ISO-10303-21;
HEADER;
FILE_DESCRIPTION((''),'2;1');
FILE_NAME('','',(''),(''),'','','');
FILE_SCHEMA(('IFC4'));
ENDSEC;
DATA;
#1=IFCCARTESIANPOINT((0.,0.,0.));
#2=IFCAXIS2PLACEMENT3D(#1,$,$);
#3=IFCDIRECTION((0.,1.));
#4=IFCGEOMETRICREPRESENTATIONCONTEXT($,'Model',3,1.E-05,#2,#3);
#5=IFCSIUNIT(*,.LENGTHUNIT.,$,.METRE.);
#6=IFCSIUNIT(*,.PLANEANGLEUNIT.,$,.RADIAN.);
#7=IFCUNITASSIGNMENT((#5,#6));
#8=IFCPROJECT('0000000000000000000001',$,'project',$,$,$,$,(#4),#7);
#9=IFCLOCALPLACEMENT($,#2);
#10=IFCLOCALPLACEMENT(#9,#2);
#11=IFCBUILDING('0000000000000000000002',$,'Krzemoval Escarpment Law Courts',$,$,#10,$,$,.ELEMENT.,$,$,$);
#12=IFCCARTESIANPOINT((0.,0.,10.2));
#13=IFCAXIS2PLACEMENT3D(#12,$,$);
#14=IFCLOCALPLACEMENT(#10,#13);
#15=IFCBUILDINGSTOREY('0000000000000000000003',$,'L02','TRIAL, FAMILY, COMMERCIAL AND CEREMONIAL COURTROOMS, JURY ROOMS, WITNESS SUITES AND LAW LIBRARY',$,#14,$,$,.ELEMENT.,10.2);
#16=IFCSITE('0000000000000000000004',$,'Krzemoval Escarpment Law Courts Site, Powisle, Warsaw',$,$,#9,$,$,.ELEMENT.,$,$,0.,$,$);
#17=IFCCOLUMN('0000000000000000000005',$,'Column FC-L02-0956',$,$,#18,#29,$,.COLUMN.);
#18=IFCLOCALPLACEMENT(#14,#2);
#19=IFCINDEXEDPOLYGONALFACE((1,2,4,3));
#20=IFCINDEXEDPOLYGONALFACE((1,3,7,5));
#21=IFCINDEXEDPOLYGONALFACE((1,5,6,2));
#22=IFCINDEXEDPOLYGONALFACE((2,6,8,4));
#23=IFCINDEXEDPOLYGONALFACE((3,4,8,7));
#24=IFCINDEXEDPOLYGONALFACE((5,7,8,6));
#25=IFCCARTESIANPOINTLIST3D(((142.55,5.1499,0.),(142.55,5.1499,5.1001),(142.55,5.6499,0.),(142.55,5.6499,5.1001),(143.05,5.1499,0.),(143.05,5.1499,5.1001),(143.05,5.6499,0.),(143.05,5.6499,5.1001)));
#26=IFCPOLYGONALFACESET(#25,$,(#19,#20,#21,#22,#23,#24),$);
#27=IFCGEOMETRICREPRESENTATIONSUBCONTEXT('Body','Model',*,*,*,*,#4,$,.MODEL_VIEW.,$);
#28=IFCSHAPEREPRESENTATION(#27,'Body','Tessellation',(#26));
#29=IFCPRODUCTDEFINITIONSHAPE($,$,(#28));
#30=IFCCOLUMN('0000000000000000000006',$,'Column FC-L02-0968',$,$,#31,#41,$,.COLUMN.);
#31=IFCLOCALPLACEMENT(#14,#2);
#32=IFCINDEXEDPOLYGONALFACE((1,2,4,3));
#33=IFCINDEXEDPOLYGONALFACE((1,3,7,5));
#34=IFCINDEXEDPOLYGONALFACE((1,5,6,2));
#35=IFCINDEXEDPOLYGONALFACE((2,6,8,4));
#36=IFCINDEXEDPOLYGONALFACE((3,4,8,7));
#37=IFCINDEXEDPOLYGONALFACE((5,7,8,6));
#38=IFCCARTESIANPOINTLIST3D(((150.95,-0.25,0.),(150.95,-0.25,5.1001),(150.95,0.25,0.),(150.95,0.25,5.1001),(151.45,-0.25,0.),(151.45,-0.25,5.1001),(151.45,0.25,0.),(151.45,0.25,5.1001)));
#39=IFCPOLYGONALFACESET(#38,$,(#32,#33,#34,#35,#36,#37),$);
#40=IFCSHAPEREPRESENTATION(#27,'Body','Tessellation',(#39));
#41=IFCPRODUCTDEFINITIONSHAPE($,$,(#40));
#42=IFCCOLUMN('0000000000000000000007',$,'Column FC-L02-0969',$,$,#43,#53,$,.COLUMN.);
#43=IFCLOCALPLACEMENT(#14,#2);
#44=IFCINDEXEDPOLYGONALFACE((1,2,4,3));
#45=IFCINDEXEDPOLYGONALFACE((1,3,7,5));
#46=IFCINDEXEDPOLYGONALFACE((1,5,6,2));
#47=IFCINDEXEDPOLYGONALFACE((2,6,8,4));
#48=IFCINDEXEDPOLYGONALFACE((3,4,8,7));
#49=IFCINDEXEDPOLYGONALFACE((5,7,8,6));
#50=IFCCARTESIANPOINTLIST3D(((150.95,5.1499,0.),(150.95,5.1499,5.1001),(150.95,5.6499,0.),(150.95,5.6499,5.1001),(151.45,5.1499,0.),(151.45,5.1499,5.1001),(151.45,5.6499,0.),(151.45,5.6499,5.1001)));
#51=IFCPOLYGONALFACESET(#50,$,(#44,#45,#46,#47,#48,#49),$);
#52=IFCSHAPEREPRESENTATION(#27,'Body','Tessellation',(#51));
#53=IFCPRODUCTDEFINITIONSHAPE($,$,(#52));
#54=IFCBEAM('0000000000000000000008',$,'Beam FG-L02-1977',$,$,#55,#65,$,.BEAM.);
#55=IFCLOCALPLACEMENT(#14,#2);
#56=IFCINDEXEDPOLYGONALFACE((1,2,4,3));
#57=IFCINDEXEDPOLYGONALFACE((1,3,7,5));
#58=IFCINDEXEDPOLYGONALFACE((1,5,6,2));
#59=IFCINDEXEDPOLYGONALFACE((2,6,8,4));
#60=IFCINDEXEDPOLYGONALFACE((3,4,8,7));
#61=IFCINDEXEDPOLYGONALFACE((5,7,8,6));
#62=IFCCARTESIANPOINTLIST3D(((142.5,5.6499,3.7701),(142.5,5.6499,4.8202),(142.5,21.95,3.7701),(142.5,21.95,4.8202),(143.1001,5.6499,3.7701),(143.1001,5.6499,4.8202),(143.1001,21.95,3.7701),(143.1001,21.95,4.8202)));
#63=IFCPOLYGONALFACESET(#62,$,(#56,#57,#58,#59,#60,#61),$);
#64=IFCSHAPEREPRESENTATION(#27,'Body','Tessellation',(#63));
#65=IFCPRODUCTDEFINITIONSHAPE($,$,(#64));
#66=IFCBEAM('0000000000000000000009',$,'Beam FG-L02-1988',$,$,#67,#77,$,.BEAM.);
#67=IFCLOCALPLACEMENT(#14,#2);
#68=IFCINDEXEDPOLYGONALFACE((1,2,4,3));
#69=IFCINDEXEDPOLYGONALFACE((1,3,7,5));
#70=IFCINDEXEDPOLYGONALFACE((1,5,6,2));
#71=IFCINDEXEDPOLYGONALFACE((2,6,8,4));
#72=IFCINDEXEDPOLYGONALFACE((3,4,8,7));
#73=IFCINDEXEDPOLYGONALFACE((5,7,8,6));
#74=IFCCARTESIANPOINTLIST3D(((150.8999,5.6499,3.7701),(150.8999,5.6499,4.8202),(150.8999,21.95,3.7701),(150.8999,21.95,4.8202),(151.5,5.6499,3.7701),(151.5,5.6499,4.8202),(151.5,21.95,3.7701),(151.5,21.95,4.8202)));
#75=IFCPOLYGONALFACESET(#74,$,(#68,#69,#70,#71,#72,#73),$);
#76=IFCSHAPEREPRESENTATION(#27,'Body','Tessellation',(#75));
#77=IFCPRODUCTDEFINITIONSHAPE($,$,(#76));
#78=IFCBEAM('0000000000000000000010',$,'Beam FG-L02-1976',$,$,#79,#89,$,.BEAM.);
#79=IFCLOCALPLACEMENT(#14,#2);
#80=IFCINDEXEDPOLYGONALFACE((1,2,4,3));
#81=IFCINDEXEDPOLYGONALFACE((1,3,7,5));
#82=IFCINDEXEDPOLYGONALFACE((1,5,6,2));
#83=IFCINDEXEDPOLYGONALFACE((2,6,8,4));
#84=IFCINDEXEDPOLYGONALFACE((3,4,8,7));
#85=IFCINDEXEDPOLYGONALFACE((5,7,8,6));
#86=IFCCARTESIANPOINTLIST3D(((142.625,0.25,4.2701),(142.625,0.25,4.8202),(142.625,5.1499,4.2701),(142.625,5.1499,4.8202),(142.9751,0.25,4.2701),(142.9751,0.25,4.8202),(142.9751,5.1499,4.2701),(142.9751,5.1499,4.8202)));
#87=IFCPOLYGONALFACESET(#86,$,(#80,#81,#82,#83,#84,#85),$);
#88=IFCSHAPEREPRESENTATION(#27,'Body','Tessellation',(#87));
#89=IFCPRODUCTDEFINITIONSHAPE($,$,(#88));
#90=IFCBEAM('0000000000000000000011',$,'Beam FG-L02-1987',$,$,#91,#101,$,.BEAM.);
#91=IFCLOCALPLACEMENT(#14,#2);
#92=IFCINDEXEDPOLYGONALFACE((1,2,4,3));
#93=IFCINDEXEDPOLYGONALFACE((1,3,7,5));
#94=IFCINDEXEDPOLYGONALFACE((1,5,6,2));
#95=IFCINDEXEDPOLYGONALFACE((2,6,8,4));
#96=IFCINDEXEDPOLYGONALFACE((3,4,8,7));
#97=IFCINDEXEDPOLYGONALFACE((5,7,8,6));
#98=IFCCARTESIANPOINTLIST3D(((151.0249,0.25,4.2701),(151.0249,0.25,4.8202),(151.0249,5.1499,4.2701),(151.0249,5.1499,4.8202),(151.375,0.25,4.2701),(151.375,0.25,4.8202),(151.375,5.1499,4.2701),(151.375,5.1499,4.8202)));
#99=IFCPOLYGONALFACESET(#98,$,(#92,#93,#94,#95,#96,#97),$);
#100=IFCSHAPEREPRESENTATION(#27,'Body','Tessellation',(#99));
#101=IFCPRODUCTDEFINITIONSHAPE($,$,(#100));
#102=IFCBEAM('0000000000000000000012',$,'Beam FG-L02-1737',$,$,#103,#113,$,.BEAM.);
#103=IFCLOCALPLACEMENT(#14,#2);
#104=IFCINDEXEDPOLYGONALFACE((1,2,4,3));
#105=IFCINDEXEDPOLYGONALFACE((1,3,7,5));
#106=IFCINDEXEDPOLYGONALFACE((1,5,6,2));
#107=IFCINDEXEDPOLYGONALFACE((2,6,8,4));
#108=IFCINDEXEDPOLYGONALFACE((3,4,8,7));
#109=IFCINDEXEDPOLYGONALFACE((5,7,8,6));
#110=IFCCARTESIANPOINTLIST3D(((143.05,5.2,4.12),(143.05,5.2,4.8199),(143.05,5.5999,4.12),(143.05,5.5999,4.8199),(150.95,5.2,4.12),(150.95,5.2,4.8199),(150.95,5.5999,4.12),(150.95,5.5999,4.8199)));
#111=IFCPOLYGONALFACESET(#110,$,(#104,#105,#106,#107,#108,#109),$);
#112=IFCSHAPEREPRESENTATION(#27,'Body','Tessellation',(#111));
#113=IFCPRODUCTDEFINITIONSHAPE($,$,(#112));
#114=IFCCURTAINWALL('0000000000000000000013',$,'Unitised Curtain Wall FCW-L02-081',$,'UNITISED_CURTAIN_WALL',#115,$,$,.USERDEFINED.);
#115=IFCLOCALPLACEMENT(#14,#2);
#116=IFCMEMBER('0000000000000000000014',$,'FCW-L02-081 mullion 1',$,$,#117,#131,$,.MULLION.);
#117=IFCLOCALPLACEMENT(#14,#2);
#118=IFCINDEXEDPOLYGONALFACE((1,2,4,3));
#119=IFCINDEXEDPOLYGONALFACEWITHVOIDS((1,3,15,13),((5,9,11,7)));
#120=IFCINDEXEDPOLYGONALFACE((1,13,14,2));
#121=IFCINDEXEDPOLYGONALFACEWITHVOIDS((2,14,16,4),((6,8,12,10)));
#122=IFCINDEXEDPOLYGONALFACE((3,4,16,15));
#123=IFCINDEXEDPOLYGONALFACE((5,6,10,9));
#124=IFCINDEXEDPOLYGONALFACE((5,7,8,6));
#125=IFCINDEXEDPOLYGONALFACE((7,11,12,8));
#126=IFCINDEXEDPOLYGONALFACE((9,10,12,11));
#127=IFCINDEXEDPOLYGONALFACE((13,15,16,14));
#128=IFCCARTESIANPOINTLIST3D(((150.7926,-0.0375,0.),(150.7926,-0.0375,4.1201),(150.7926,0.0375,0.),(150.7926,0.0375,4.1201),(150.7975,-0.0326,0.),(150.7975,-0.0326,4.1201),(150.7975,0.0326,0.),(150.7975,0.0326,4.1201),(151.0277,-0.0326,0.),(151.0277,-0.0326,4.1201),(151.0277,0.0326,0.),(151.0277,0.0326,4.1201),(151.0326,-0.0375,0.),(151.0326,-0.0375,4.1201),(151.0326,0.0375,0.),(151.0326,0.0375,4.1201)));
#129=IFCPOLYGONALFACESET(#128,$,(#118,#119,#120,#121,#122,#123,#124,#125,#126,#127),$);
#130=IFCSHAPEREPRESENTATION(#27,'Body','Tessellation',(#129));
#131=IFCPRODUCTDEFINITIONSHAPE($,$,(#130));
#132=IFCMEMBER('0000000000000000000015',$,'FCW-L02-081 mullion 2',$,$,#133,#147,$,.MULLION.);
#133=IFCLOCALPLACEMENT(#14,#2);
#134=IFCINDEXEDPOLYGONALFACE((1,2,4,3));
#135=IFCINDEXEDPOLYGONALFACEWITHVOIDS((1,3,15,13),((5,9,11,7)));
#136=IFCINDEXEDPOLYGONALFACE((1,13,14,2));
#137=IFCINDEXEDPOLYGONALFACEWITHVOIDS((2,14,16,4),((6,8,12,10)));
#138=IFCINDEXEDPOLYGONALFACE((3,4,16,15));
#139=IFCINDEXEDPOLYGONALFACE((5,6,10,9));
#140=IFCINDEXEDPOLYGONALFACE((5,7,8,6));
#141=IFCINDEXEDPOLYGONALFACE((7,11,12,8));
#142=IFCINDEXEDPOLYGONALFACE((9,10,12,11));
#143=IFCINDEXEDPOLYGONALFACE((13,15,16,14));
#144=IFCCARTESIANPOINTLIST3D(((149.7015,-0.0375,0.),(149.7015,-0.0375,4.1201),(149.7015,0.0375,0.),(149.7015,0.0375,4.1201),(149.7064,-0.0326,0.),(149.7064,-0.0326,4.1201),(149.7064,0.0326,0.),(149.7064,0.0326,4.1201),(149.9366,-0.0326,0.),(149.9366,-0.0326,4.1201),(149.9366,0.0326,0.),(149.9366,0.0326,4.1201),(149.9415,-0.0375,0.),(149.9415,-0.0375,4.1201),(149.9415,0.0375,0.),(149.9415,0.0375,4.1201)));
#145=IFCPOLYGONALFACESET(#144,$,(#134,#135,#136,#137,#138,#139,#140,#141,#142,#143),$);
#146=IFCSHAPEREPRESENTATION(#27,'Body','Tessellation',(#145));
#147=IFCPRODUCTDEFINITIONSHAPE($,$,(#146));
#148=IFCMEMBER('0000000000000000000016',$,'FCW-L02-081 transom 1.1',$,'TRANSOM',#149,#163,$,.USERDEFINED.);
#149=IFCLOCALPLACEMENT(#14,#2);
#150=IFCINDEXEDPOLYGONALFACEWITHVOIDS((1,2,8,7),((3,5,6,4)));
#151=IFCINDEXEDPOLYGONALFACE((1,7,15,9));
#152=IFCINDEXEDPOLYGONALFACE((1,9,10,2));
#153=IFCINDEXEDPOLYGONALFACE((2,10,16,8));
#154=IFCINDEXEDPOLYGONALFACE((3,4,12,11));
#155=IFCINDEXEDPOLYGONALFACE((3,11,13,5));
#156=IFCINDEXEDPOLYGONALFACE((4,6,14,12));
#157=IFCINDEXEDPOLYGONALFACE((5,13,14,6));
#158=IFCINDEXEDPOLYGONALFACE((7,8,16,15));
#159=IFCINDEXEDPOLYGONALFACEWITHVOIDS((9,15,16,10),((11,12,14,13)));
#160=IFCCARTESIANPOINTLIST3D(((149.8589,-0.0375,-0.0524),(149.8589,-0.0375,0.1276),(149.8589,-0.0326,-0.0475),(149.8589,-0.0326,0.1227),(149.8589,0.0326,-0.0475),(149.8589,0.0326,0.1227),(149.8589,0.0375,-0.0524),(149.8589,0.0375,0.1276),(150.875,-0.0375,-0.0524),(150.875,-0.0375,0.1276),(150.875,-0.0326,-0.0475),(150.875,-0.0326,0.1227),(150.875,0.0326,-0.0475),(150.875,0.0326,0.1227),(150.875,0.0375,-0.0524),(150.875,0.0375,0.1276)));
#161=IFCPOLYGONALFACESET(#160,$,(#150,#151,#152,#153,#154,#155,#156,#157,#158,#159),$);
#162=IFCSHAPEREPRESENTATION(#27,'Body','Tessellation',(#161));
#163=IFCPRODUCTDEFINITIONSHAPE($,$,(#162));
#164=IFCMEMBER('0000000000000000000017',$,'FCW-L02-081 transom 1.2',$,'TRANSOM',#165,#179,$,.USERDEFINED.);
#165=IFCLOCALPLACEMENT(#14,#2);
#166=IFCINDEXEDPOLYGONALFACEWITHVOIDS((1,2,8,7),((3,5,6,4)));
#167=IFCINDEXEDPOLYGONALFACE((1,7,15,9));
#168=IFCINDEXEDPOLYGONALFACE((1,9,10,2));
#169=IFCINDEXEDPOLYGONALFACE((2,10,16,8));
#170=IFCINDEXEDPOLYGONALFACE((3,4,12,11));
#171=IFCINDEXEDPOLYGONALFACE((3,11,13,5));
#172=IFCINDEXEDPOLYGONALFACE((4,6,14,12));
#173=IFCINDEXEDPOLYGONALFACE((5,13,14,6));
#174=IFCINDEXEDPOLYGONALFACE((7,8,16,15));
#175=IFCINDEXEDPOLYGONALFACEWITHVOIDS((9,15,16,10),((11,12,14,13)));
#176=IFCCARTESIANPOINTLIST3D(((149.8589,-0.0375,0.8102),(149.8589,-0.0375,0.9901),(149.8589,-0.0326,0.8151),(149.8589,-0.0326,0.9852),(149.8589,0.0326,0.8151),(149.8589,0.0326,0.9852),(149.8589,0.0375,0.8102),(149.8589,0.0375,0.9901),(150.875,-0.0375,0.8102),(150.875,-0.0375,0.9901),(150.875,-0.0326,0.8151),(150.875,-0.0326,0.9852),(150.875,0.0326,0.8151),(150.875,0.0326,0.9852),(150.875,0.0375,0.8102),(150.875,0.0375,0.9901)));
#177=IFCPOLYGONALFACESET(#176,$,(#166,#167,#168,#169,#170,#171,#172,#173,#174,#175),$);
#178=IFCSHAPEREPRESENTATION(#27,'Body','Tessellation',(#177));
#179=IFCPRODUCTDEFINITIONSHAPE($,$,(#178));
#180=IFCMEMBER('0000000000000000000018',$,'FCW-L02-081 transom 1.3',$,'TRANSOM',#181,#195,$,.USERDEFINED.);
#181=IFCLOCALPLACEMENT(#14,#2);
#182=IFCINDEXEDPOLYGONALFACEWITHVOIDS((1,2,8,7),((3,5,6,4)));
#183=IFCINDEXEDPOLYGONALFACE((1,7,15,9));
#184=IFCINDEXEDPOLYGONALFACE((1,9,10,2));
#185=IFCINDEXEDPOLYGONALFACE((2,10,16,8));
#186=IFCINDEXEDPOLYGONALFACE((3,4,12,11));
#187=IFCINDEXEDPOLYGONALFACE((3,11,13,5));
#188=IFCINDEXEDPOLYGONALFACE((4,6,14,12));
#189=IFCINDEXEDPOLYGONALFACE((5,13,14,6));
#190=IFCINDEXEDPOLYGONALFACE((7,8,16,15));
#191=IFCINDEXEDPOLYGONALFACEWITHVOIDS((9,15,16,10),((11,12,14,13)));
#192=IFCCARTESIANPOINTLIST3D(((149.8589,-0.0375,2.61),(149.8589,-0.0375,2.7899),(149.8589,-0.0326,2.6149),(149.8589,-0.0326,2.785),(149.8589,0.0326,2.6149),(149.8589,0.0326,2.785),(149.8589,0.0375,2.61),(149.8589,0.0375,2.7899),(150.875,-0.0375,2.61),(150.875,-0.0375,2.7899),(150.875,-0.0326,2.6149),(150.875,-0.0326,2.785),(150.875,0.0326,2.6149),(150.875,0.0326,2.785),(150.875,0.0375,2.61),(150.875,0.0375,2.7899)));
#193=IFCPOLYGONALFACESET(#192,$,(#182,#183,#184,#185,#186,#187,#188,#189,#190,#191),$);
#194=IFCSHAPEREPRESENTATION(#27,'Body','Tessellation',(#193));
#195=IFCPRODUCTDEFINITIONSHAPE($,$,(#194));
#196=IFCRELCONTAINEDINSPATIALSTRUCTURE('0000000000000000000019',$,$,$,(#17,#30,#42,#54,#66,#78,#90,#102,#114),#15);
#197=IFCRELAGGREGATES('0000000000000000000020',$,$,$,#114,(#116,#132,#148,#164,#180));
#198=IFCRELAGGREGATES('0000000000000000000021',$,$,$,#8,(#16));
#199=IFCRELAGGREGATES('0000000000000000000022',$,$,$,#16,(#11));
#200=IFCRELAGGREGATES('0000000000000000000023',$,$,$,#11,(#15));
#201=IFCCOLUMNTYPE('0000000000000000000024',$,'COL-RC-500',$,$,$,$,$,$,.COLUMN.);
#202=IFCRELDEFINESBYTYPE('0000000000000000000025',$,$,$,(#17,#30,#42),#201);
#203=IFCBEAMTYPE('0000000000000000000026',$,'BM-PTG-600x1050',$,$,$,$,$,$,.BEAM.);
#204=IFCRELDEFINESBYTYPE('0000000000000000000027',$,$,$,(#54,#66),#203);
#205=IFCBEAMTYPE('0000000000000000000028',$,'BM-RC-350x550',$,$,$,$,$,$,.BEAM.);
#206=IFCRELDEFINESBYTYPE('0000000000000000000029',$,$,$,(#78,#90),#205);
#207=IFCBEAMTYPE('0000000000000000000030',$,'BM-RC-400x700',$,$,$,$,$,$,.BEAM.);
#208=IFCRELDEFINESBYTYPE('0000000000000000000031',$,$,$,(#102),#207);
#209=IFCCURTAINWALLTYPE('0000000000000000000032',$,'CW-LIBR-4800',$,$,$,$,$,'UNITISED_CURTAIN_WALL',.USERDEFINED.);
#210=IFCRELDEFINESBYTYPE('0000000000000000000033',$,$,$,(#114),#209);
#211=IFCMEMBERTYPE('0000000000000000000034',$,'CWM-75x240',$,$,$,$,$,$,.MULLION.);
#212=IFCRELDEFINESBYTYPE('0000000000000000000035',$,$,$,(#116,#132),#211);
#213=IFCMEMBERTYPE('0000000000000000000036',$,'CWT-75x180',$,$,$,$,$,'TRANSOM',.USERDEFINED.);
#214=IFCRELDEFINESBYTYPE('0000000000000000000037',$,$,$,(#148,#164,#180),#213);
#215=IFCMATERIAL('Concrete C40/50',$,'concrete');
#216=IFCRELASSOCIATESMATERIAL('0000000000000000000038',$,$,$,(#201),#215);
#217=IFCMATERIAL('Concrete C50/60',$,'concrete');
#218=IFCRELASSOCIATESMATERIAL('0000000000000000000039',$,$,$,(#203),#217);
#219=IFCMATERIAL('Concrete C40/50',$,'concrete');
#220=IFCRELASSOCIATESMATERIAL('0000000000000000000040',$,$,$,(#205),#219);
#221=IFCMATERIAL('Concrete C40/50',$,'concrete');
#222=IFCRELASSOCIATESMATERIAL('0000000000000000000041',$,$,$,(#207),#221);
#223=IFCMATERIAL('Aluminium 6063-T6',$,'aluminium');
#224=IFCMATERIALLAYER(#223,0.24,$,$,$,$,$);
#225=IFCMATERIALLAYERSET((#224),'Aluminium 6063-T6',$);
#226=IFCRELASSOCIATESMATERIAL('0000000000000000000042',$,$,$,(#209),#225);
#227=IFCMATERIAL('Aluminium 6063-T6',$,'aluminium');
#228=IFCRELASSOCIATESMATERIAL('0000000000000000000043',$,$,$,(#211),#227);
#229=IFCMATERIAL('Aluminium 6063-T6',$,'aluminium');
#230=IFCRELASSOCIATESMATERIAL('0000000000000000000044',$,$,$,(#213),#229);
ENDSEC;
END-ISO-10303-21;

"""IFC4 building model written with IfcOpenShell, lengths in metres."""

from ifc_helpers import new_model, si_unit, direction, frame, origin, origin_2d, place, context, subcontext, project, spatial, rectangle, hollow_rectangle, extrude, material, layer, layer_set, material_profile, profile_set, type_object, element, aggregate, save


model = new_model("IFC4")

# Units and contexts
model_context = context("Model", 3, precision=1e-05, world=origin(), true_north=direction((0.0, 1.0)))
body_context = subcontext(model_context, "Body", "Model", "MODEL_VIEW")
ifc_project = project(units=[si_unit("LENGTHUNIT", "METRE"), si_unit("PLANEANGLEUNIT", "RADIAN")], contexts=[model_context])

# Site, building, storey
site_placement = place(None, origin())
site = spatial("IfcSite", under=ifc_project, at=site_placement, Name="Krzemoval Escarpment Law Courts Site, Powisle, Warsaw", CompositionType="ELEMENT", RefElevation=0.0)
building_placement = place(site_placement, origin())
building = spatial("IfcBuilding", under=site, at=building_placement, Name="Krzemoval Escarpment Law Courts", CompositionType="ELEMENT")
storey_placement = place(building_placement, frame((0.0, 0.0, 10.2)))
storey = spatial("IfcBuildingStorey", under=building, at=storey_placement, Name="L02", Description="TRIAL, FAMILY, COMMERCIAL AND CEREMONIAL COURTROOMS, JURY ROOMS, WITNESS SUITES AND LAW LIBRARY", CompositionType="ELEMENT", Elevation=10.2)

# Columns
ifc_material_1 = material(Name="Concrete C40/50", Category="concrete")
ifc_material_profile_1 = material_profile(ifc_material_1, rectangle(XDim=0.5, YDim=0.5, at=origin_2d()), Name="RC 500x500")
ifc_profile_set_1 = profile_set([ifc_material_profile_1], Name="Concrete C40/50")
column_type = type_object("IfcColumnType", Name="COL-RC-500", PredefinedType="COLUMN", material=ifc_profile_set_1)
for number, where, z_axis, x_axis, name in (
    (1, (142.8, 5.3999, 0.0), (0.0, 0.0, 1.0), (1.0, 0.0, 0.0), "Column FC-L02-0956"),
    (2, (151.2, 0.0, 0.0), (0.0, 0.0, 1.0), (1.0, 0.0, 0.0), "Column FC-L02-0968"),
    (3, (151.2, 5.3999, 0.0), (0.0, 0.0, 1.0), (1.0, 0.0, 0.0), "Column FC-L02-0969"),
):
    element("IfcColumn", number, at=place(storey_placement, frame(where, z_axis=z_axis, x_axis=x_axis)), inside=storey, type_object=column_type, Name=name, PredefinedType="COLUMN", context=body_context, shape_type="SweptSolid", body=[
        extrude(rectangle(XDim=0.5, YDim=0.5, at=origin_2d()), origin(), (0.0, 0.0, 1.0), 5.1001),
    ])

# Beams
ifc_material_2 = material(Name="Concrete C50/60", Category="concrete")
ifc_material_profile_2 = material_profile(ifc_material_2, rectangle(XDim=0.6001, YDim=1.05, at=origin_2d()), Name="PTG 600x1050")
ifc_profile_set_2 = profile_set([ifc_material_profile_2], Name="Concrete C50/60")
beam_type_1 = type_object("IfcBeamType", Name="BM-PTG-600x1050", PredefinedType="BEAM", material=ifc_profile_set_2)
for number, where, z_axis, x_axis, name in (
    (4, (142.8, 5.6499, 4.2952), (0.0, 1.0, 0.0), (-1.0, 0.0, 0.0), "Beam FG-L02-1977"),
    (5, (151.2, 5.6499, 4.2952), (0.0, 1.0, 0.0), (-1.0, 0.0, 0.0), "Beam FG-L02-1988"),
):
    element("IfcBeam", number, at=place(storey_placement, frame(where, z_axis=z_axis, x_axis=x_axis)), inside=storey, type_object=beam_type_1, Name=name, PredefinedType="BEAM", context=body_context, shape_type="SweptSolid", body=[
        extrude(rectangle(XDim=0.6001, YDim=1.05, at=origin_2d()), origin(), (0.0, 0.0, 1.0), 16.3),
    ])
ifc_material_3 = material(Name="Concrete C40/50", Category="concrete")
ifc_material_profile_3 = material_profile(ifc_material_3, rectangle(XDim=0.3501, YDim=0.55, at=origin_2d()), Name="RCB 350x550")
ifc_profile_set_3 = profile_set([ifc_material_profile_3], Name="Concrete C40/50")
beam_type_2 = type_object("IfcBeamType", Name="BM-RC-350x550", PredefinedType="BEAM", material=ifc_profile_set_3)
for number, where, z_axis, x_axis, name in (
    (6, (142.8, 0.25, 4.5452), (0.0, 1.0, 0.0), (-1.0, 0.0, 0.0), "Beam FG-L02-1976"),
    (7, (151.2, 0.25, 4.5452), (0.0, 1.0, 0.0), (-1.0, 0.0, 0.0), "Beam FG-L02-1987"),
):
    element("IfcBeam", number, at=place(storey_placement, frame(where, z_axis=z_axis, x_axis=x_axis)), inside=storey, type_object=beam_type_2, Name=name, PredefinedType="BEAM", context=body_context, shape_type="SweptSolid", body=[
        extrude(rectangle(XDim=0.3501, YDim=0.55, at=origin_2d()), origin(), (0.0, 0.0, 1.0), 4.8999),
    ])
ifc_material_4 = material(Name="Concrete C40/50", Category="concrete")
ifc_material_profile_4 = material_profile(ifc_material_4, rectangle(XDim=0.3999, YDim=0.7, at=origin_2d()), Name="RCB 400x700")
ifc_profile_set_4 = profile_set([ifc_material_profile_4], Name="Concrete C40/50")
beam_type_3 = type_object("IfcBeamType", Name="BM-RC-400x700", PredefinedType="BEAM", material=ifc_profile_set_4)
beam_1_placement = place(storey_placement, frame((143.05, 5.3999, 4.47), z_axis=(1.0, 0.0, 0.0), x_axis=(0.0, 1.0, 0.0)))
element("IfcBeam", 8, at=beam_1_placement, inside=storey, type_object=beam_type_3, Name="Beam FG-L02-1737", PredefinedType="BEAM", context=body_context, shape_type="SweptSolid", body=[
    extrude(rectangle(XDim=0.3999, YDim=0.7, at=origin_2d()), origin(), (0.0, 0.0, 1.0), 7.8999),
])

# Curtain wall, members
ifc_material_5 = material(Name="Aluminium 6063-T6", Category="aluminium")
ifc_layer_1 = layer(ifc_material_5, 0.24)
ifc_layer_set_1 = layer_set([ifc_layer_1], Name="Aluminium 6063-T6")
curtain_wall_type = type_object("IfcCurtainWallType", Name="CW-LIBR-4800", ElementType="UNITISED_CURTAIN_WALL", PredefinedType="USERDEFINED", material=ifc_layer_set_1)
curtain_wall_placement = place(storey_placement, origin())
curtain_wall = element("IfcCurtainWall", 9, at=curtain_wall_placement, inside=storey, type_object=curtain_wall_type, Name="Unitised Curtain Wall FCW-L02-081", ObjectType="UNITISED_CURTAIN_WALL", PredefinedType="USERDEFINED")
ifc_material_6 = material(Name="Aluminium 6063-T6", Category="aluminium")
ifc_material_profile_5 = material_profile(ifc_material_6, hollow_rectangle(XDim=0.075, YDim=0.24, WallThickness=0.0049, at=origin_2d()), Name="ALU M75x240")
ifc_profile_set_5 = profile_set([ifc_material_profile_5], Name="Aluminium 6063-T6")
member_type_1 = type_object("IfcMemberType", Name="CWM-75x240", PredefinedType="MULLION", material=ifc_profile_set_5)
member_1_placement = place(storey_placement, frame((150.9126, 0.0, 0.0), z_axis=(0.0, 0.0, 1.0), x_axis=(0.0, -1.0, 0.0)))
member_1 = element("IfcMember", 10, at=member_1_placement, type_object=member_type_1, Name="FCW-L02-081 mullion 1", PredefinedType="MULLION", context=body_context, shape_type="SweptSolid", body=[
    extrude(hollow_rectangle(XDim=0.075, YDim=0.24, WallThickness=0.0049, at=origin_2d()), origin(), (0.0, 0.0, 1.0), 4.1201),
])
member_2_placement = place(storey_placement, frame((149.8215, 0.0, 0.0), z_axis=(0.0, 0.0, 1.0), x_axis=(0.0, -1.0, 0.0)))
member_2 = element("IfcMember", 11, at=member_2_placement, type_object=member_type_1, Name="FCW-L02-081 mullion 2", PredefinedType="MULLION", context=body_context, shape_type="SweptSolid", body=[
    extrude(hollow_rectangle(XDim=0.075, YDim=0.24, WallThickness=0.0049, at=origin_2d()), origin(), (0.0, 0.0, 1.0), 4.1201),
])
ifc_material_7 = material(Name="Aluminium 6063-T6", Category="aluminium")
ifc_material_profile_6 = material_profile(ifc_material_7, hollow_rectangle(XDim=0.075, YDim=0.1799, WallThickness=0.0049, at=origin_2d()), Name="ALU T75x180")
ifc_profile_set_6 = profile_set([ifc_material_profile_6], Name="Aluminium 6063-T6")
member_type_2 = type_object("IfcMemberType", Name="CWT-75x180", ElementType="TRANSOM", PredefinedType="USERDEFINED", material=ifc_profile_set_6)
member_3_placement = place(storey_placement, frame((150.875, 0.0, 0.0376), z_axis=(-1.0, 0.0, 0.0), x_axis=(0.0, -1.0, 0.0)))
member_3 = element("IfcMember", 12, at=member_3_placement, type_object=member_type_2, Name="FCW-L02-081 transom 1.1", ObjectType="TRANSOM", PredefinedType="USERDEFINED", context=body_context, shape_type="SweptSolid", body=[
    extrude(hollow_rectangle(XDim=0.075, YDim=0.1799, WallThickness=0.0049, at=origin_2d()), origin(), (0.0, 0.0, 1.0), 1.0161),
])
member_4_placement = place(storey_placement, frame((150.875, 0.0, 0.9001), z_axis=(-1.0, 0.0, 0.0), x_axis=(0.0, -1.0, 0.0)))
member_4 = element("IfcMember", 13, at=member_4_placement, type_object=member_type_2, Name="FCW-L02-081 transom 1.2", ObjectType="TRANSOM", PredefinedType="USERDEFINED", context=body_context, shape_type="SweptSolid", body=[
    extrude(hollow_rectangle(XDim=0.075, YDim=0.1799, WallThickness=0.0049, at=origin_2d()), origin(), (0.0, 0.0, 1.0), 1.0161),
])
member_5_placement = place(storey_placement, frame((150.875, 0.0, 2.7), z_axis=(-1.0, 0.0, 0.0), x_axis=(0.0, -1.0, 0.0)))
member_5 = element("IfcMember", 14, at=member_5_placement, type_object=member_type_2, Name="FCW-L02-081 transom 1.3", ObjectType="TRANSOM", PredefinedType="USERDEFINED", context=body_context, shape_type="SweptSolid", body=[
    extrude(hollow_rectangle(XDim=0.075, YDim=0.1799, WallThickness=0.0049, at=origin_2d()), origin(), (0.0, 0.0, 1.0), 1.0161),
])

aggregate(curtain_wall, [member_1, member_2, member_3, member_4, member_5])

save(model, "model.ifc")
